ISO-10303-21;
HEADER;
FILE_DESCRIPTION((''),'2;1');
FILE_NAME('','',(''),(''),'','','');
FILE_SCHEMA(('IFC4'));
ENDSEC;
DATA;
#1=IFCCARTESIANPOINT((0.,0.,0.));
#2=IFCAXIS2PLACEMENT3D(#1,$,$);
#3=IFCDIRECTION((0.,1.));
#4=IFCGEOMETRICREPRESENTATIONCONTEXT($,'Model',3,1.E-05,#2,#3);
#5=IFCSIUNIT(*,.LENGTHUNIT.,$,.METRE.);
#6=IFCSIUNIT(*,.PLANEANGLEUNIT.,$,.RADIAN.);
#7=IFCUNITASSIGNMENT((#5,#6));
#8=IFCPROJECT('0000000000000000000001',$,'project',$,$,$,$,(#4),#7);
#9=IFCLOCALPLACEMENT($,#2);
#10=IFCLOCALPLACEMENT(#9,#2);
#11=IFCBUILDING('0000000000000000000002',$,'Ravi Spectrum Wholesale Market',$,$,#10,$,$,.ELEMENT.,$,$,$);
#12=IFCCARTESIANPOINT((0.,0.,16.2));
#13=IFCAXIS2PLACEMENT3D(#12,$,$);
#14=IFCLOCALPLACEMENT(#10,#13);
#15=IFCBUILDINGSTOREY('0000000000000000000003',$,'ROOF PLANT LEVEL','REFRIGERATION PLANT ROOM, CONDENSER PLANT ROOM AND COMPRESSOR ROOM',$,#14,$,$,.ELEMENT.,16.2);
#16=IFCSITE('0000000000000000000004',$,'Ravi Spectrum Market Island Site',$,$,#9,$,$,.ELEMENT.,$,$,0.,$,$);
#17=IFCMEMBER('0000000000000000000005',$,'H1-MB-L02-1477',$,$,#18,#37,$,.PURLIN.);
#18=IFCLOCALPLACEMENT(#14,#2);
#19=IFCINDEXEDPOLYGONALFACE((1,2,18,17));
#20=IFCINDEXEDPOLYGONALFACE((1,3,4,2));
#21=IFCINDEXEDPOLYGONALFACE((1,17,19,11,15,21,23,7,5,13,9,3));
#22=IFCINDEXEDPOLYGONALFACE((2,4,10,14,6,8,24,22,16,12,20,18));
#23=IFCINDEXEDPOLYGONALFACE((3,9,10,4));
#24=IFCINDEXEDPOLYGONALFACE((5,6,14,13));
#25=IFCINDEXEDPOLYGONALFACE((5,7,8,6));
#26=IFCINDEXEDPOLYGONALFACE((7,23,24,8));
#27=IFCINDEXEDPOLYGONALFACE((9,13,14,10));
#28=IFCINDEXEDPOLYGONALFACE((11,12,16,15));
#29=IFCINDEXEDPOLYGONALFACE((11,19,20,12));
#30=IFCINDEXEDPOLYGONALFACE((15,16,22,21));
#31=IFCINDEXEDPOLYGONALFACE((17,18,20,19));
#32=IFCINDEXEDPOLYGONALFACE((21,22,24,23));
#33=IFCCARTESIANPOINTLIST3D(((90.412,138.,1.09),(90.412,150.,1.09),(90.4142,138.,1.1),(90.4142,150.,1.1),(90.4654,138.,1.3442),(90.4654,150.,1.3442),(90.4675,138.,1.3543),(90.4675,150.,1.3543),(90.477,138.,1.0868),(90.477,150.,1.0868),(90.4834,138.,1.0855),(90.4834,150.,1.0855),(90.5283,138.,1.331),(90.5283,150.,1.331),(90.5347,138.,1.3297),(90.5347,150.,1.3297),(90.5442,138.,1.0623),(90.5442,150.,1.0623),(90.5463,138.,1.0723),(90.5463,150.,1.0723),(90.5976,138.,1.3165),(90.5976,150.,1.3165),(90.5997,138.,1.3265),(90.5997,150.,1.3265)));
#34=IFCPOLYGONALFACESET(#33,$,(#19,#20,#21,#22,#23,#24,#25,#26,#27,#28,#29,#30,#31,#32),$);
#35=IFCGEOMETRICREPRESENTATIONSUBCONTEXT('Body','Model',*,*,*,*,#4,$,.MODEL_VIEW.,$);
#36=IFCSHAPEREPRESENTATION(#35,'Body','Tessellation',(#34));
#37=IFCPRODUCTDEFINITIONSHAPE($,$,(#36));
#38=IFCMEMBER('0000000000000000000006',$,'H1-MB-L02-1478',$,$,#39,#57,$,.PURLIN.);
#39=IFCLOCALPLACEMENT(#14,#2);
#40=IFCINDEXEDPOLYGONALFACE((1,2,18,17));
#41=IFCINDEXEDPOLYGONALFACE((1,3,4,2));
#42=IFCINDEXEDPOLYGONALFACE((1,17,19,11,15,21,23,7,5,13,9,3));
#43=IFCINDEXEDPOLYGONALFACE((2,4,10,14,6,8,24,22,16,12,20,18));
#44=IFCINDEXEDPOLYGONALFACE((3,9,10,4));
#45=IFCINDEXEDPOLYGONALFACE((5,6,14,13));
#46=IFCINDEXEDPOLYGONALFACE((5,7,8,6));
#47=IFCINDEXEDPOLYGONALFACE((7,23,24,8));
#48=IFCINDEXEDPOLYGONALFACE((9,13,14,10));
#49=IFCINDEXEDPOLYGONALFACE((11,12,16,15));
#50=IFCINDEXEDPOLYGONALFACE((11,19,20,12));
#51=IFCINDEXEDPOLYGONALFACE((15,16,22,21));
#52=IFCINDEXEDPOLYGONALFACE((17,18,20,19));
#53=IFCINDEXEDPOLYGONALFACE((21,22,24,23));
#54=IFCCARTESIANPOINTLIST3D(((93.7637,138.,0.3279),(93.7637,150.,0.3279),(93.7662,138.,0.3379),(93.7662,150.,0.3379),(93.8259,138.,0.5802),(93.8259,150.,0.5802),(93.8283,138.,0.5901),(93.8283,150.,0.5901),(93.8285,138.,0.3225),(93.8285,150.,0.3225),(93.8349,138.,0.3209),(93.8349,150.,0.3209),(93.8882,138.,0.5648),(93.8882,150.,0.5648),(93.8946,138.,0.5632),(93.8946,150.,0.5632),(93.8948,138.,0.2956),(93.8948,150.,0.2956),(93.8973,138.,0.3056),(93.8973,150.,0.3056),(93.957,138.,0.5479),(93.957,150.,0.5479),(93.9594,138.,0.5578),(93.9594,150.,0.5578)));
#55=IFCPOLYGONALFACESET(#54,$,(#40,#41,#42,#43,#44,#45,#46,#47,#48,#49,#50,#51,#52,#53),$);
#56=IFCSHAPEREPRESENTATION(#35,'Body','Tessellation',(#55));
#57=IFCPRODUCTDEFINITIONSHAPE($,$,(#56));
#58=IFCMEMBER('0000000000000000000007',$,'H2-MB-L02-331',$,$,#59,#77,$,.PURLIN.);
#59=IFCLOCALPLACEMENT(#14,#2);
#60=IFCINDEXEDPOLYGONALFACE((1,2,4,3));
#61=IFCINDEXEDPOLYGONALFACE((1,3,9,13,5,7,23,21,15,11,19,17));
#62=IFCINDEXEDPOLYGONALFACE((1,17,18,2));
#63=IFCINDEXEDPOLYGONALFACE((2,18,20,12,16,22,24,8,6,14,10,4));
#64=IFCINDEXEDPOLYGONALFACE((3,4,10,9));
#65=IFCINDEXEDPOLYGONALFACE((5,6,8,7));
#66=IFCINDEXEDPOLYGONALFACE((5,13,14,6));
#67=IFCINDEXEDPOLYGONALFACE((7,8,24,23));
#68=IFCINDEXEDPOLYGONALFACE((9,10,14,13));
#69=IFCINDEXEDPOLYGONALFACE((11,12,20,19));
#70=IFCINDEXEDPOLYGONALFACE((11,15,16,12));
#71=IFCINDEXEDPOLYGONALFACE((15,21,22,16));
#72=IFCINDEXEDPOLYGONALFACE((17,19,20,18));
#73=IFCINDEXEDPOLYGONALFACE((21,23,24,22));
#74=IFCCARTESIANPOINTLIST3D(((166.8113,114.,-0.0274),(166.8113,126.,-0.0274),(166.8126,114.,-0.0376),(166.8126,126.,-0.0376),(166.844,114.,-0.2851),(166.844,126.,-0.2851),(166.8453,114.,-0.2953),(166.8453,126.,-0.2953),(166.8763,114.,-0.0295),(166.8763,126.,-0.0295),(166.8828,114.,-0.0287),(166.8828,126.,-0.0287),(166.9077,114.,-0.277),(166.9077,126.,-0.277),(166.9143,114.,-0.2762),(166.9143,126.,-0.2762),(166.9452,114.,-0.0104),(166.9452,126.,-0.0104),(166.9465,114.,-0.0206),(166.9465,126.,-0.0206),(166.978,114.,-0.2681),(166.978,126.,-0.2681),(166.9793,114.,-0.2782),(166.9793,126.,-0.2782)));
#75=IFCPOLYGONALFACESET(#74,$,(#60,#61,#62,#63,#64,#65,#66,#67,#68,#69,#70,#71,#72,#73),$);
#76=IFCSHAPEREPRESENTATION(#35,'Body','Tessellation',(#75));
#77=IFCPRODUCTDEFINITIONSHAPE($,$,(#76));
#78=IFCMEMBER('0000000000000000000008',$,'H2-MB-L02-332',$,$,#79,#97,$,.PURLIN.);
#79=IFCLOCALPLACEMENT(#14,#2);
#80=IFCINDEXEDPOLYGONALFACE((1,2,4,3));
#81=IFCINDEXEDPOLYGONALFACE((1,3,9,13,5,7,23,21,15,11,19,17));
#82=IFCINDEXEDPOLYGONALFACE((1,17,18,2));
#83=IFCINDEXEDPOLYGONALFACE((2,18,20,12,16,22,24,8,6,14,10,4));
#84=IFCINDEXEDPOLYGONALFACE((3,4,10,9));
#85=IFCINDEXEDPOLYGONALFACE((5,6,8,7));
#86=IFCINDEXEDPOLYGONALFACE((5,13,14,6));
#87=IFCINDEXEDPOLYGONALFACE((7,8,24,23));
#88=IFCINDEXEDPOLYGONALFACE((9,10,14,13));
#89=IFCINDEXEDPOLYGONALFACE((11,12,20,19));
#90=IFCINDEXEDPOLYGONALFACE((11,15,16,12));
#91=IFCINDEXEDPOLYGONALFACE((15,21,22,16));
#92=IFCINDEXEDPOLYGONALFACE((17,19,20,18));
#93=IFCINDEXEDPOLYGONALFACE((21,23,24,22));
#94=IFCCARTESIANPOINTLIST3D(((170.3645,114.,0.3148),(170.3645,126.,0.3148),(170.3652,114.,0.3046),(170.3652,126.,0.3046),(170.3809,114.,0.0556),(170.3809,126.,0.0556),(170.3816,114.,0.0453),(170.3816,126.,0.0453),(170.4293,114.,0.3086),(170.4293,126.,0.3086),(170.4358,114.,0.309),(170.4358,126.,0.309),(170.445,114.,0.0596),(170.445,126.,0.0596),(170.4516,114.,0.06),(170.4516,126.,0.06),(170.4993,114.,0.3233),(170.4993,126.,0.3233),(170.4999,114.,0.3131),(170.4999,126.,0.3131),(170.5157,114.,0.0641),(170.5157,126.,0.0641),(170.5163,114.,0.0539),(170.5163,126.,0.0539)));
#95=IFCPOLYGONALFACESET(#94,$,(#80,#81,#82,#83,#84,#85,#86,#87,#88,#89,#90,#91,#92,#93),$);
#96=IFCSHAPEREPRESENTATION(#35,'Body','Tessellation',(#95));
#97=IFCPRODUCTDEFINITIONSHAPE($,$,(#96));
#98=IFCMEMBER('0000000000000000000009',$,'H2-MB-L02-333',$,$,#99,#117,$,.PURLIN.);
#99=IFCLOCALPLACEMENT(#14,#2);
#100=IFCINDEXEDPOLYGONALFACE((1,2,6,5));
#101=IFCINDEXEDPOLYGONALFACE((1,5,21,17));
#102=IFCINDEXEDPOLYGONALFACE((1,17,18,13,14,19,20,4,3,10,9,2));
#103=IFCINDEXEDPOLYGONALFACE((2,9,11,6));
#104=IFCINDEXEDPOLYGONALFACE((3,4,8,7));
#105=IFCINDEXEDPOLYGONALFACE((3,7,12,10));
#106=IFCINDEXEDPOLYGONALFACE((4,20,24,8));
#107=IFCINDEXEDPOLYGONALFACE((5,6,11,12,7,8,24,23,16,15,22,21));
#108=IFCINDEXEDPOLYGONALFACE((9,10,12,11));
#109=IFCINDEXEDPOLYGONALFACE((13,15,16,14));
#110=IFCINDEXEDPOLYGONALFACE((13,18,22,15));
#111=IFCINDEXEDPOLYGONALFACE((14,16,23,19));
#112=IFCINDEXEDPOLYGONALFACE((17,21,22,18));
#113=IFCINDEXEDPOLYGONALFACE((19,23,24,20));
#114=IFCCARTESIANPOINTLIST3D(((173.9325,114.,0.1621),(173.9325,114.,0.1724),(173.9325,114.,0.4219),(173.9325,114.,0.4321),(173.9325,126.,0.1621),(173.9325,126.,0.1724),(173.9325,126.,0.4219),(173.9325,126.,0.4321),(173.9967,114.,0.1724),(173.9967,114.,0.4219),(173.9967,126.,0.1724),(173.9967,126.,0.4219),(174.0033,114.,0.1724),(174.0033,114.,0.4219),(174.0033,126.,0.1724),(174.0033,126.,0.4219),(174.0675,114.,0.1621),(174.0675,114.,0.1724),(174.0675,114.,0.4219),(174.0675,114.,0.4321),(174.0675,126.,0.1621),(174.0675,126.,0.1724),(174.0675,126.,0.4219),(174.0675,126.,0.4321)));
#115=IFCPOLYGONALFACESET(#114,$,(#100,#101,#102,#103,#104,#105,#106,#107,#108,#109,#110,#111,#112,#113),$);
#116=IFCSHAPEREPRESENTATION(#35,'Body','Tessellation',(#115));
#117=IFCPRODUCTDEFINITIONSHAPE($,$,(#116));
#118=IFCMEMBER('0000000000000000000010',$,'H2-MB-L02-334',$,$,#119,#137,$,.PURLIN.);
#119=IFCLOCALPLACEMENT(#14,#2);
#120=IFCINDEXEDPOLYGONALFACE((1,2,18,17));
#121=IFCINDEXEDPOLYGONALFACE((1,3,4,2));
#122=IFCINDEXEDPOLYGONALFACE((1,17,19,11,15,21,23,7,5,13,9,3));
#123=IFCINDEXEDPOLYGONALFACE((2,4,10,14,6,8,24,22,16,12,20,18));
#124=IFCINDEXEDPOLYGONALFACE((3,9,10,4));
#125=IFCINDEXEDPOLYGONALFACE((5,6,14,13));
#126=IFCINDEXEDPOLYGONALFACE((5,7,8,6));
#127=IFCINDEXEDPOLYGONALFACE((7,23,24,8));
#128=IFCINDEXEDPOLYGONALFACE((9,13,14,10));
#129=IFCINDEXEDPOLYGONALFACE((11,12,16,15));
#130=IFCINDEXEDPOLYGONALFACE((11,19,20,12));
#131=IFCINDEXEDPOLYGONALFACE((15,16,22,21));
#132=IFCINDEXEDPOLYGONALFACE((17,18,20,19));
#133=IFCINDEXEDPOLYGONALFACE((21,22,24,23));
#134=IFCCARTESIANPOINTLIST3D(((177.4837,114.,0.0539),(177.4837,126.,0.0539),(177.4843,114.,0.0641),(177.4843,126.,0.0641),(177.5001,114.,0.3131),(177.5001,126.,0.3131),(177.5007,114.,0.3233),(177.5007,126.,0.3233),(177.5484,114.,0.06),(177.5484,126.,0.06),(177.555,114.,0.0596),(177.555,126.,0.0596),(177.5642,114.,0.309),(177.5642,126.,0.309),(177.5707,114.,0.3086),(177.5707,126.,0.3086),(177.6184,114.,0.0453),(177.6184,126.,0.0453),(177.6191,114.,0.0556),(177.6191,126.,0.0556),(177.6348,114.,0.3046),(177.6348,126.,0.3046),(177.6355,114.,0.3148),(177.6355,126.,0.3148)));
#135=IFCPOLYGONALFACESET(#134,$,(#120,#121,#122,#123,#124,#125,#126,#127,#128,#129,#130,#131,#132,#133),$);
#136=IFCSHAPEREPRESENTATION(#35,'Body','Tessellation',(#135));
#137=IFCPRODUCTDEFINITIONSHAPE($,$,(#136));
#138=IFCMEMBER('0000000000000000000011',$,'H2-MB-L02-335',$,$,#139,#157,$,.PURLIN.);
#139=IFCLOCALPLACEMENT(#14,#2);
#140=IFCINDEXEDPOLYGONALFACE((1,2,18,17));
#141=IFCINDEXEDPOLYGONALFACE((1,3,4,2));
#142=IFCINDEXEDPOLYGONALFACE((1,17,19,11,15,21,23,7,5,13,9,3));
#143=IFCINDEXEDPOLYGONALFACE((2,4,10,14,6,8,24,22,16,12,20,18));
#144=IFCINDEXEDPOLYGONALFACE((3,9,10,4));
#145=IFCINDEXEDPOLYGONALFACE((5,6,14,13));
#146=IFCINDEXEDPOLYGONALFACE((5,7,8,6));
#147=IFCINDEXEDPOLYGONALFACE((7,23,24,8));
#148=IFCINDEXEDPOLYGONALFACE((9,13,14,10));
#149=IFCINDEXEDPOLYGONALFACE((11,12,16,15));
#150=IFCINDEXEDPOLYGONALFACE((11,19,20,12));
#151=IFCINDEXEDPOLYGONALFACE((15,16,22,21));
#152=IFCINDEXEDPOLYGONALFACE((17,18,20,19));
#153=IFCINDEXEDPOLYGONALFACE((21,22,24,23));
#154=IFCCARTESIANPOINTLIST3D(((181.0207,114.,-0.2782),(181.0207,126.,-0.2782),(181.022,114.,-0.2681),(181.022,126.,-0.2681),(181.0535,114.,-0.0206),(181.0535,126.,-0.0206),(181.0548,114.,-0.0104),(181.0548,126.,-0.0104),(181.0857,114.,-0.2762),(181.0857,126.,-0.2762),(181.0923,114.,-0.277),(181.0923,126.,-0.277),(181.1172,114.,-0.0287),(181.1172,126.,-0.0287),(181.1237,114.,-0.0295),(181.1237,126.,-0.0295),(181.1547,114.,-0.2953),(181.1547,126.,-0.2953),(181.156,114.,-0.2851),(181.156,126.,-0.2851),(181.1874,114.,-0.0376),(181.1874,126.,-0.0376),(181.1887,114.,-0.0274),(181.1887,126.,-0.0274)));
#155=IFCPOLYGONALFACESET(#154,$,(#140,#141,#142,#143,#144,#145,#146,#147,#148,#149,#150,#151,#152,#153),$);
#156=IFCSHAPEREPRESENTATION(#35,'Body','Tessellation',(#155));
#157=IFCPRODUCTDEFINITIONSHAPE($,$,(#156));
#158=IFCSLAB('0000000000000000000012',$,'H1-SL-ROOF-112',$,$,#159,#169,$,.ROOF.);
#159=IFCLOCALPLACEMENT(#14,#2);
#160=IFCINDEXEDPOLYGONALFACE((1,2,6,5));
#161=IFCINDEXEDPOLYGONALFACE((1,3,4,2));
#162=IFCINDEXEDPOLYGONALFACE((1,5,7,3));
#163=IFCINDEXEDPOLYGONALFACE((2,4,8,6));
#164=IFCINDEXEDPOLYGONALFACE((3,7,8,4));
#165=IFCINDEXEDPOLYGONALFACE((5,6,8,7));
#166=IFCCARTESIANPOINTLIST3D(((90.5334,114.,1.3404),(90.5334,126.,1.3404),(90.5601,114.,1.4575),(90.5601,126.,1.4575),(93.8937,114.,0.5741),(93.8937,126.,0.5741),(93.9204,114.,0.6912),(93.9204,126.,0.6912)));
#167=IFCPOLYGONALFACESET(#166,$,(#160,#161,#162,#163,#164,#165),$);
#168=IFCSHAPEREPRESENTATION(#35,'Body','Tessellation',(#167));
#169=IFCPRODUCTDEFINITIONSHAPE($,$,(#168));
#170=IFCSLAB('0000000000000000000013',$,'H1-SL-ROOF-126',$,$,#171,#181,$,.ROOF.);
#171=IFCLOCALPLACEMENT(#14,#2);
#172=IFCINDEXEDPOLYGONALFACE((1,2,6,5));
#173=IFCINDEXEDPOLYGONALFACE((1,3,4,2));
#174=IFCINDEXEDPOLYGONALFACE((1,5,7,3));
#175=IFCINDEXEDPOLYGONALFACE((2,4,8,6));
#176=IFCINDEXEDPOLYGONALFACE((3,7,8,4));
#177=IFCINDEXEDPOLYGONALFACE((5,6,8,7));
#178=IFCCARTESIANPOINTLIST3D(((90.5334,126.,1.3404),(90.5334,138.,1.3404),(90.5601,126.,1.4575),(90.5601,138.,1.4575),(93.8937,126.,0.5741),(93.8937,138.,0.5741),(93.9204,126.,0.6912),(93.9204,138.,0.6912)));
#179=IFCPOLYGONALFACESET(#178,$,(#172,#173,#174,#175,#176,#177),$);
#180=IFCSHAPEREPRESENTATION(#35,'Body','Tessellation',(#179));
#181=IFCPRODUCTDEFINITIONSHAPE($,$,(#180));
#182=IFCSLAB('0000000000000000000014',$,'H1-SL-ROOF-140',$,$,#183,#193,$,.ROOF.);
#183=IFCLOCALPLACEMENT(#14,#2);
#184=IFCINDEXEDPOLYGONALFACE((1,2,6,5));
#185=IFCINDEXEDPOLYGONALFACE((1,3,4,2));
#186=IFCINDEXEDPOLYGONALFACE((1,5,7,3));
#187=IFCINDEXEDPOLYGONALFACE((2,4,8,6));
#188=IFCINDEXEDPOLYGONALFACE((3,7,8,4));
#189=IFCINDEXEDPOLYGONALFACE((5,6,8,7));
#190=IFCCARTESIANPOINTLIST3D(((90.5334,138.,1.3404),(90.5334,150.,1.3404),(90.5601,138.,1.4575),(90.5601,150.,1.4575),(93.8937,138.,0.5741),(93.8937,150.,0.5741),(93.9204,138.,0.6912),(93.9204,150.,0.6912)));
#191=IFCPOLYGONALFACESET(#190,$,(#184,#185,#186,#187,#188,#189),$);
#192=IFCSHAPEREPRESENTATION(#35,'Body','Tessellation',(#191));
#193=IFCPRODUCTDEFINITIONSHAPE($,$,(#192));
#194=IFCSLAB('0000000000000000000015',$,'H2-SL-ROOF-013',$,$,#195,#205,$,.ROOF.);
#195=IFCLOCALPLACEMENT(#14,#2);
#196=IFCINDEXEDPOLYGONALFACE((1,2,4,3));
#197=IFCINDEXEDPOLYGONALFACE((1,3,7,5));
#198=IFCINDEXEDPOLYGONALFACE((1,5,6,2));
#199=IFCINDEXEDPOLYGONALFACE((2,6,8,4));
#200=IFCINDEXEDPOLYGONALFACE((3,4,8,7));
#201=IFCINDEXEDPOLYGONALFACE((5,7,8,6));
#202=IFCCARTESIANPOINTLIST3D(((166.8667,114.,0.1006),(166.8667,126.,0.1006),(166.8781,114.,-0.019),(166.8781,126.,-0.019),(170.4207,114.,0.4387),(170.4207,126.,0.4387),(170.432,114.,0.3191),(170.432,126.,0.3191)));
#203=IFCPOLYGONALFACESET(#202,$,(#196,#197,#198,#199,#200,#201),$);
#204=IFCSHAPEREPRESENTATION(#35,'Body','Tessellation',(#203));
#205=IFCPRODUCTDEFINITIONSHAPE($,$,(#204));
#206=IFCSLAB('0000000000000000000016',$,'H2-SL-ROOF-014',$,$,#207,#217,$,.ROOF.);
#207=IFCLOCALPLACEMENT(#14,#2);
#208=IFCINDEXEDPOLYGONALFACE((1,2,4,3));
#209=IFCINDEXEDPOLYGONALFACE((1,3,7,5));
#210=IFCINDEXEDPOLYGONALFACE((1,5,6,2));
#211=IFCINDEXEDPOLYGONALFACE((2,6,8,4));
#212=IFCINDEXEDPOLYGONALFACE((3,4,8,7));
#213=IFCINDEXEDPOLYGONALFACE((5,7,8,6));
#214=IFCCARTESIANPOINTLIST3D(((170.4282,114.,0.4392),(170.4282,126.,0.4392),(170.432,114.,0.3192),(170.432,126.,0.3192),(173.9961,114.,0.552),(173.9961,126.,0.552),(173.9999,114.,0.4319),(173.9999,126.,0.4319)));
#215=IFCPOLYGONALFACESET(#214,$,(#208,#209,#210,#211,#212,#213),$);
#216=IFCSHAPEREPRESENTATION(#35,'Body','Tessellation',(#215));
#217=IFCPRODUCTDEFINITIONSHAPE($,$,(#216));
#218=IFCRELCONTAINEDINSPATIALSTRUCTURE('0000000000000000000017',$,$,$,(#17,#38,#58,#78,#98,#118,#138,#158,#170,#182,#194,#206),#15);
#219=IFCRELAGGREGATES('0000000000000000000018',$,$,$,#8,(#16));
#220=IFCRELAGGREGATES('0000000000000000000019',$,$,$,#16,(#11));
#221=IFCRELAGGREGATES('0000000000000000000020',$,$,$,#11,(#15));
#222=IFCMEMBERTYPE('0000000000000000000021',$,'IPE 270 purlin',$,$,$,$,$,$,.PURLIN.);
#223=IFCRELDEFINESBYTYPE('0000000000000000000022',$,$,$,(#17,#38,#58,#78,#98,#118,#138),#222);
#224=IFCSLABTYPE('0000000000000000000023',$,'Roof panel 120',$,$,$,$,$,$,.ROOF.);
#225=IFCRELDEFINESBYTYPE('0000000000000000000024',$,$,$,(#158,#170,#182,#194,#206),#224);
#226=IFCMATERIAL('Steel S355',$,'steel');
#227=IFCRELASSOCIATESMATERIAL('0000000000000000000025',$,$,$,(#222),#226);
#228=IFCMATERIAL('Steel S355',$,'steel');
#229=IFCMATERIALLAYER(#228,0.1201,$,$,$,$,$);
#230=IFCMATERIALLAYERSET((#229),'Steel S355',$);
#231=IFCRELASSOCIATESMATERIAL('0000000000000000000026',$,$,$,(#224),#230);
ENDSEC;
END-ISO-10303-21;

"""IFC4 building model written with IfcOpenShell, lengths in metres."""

from ifc_helpers import new_model, si_unit, direction, frame, origin, origin_2d, place, context, subcontext, project, spatial, polyline, i_section, outline, extrude, material, layer, layer_set, material_profile, profile_set, type_object, element, save


model = new_model("IFC4")

# Units and contexts
model_context = context("Model", 3, precision=1e-05, world=origin(), true_north=direction((0.0, 1.0)))
body_context = subcontext(model_context, "Body", "Model", "MODEL_VIEW")
ifc_project = project(units=[si_unit("LENGTHUNIT", "METRE"), si_unit("PLANEANGLEUNIT", "RADIAN")], contexts=[model_context])

# Site, building, storey
site_placement = place(None, origin())
site = spatial("IfcSite", under=ifc_project, at=site_placement, Name="Ravi Spectrum Market Island Site", CompositionType="ELEMENT", RefElevation=0.0)
building_placement = place(site_placement, origin())
building = spatial("IfcBuilding", under=site, at=building_placement, Name="Ravi Spectrum Wholesale Market", CompositionType="ELEMENT")
storey_placement = place(building_placement, frame((0.0, 0.0, 16.2)))
storey = spatial("IfcBuildingStorey", under=building, at=storey_placement, Name="ROOF PLANT LEVEL", Description="REFRIGERATION PLANT ROOM, CONDENSER PLANT ROOM AND COMPRESSOR ROOM", CompositionType="ELEMENT", Elevation=16.2)

# Members
ifc_material_1 = material(Name="Steel S355", Category="steel")
ifc_material_profile_1 = material_profile(ifc_material_1, i_section(OverallWidth=0.135, OverallDepth=0.27, WebThickness=0.0066, FlangeThickness=0.0103, at=origin_2d()))
ifc_profile_set_1 = profile_set([ifc_material_profile_1], Name="Steel S355")
member_type_1 = type_object("IfcMemberType", Name="IPE 270 purlin", PredefinedType="PURLIN", material=ifc_profile_set_1)
for number, where, z_axis, x_axis, name in (
    (1, (90.5059, 138.0, 1.2083), (0.0, 1.0, 0.0), (-0.978653, 0.0, 0.205517), "H1-MB-L02-1477"),
    (2, (93.8616, 138.0, 0.4429), (0.0, 1.0, 0.0), (-0.970983, 0.0, 0.239151), "H1-MB-L02-1478"),
    (3, (166.8953, 114.0, -0.1528), (0.0, 1.0, 0.0), (-0.992014, 0.0, -0.126129), "H2-MB-L02-331"),
    (4, (170.4404, 114.0, 0.1843), (0.0, 1.0, 0.0), (-0.998001, 0.0, -0.063191), "H2-MB-L02-332"),
    (5, (174.0, 114.0, 0.2971), (0.0, 1.0, 0.0), (-1.0, 0.0, 0.0), "H2-MB-L02-333"),
    (6, (177.5596, 114.0, 0.1843), (0.0, 1.0, 0.0), (-0.998001, 0.0, 0.063191), "H2-MB-L02-334"),
    (7, (181.1047, 114.0, -0.1528), (0.0, 1.0, 0.0), (-0.992014, 0.0, 0.126129), "H2-MB-L02-335"),
):
    element("IfcMember", number, at=place(storey_placement, frame(where, z_axis=z_axis, x_axis=x_axis)), inside=storey, type_object=member_type_1, Name=name, PredefinedType="PURLIN", context=body_context, shape_type="SweptSolid", body=[
        extrude(i_section(OverallWidth=0.135, OverallDepth=0.27, WebThickness=0.0066, FlangeThickness=0.0103, at=origin_2d()), origin(), (0.0, 0.0, 1.0), 12.0),
    ])

# Slabs
ifc_material_2 = material(Name="Steel S355", Category="steel")
ifc_layer_1 = layer(ifc_material_2, 0.1201)
ifc_layer_set_1 = layer_set([ifc_layer_1], Name="Steel S355")
slab_type = type_object("IfcSlabType", Name="Roof panel 120", PredefinedType="ROOF", material=ifc_layer_set_1)
for number, where, z_axis, x_axis, name in (
    (8, (90.5601, 114.0, 1.4575), (0.22235, 0.0, 0.974967), (0.974967, 0.0, -0.22235), "H1-SL-ROOF-112"),
    (9, (90.5601, 126.0, 1.4575), (0.22235, 0.0, 0.974967), (0.974967, 0.0, -0.22235), "H1-SL-ROOF-126"),
    (10, (90.5601, 138.0, 1.4575), (0.22235, 0.0, 0.974967), (0.974967, 0.0, -0.22235), "H1-SL-ROOF-140"),
):
    element("IfcSlab", number, at=place(storey_placement, frame(where, z_axis=z_axis, x_axis=x_axis)), inside=storey, type_object=slab_type, Name=name, PredefinedType="ROOF", context=body_context, shape_type="SweptSolid", body=[
        extrude(outline(polyline([(0.0, 0.0), (3.4466, 0.0), (3.4466, 12.0), (0.0, 12.0), (0.0, 0.0)])), origin(), (0.0, 0.0, -1.0), 0.1201),
    ])
slab_1_placement = place(storey_placement, frame((166.8667, 114.0, 0.1006), z_axis=(-0.094716, 0.0, 0.995504), x_axis=(0.995504, 0.0, 0.094716)))
element("IfcSlab", 11, at=slab_1_placement, inside=storey, type_object=slab_type, Name="H2-SL-ROOF-013", PredefinedType="ROOF", context=body_context, shape_type="SweptSolid", body=[
    extrude(outline(polyline([(0.0, 0.0), (3.57, 0.0), (3.57, 12.0), (0.0, 12.0), (0.0, 0.0)])), origin(), (0.0, 0.0, -1.0), 0.1201),
])
for number, where, z_axis, x_axis, name in (
    (12, (170.4282, 114.0, 0.4392), (-0.031598, 0.0, 0.999501), (0.999501, 0.0, 0.031598), "H2-SL-ROOF-014"),
):
    element("IfcSlab", number, at=place(storey_placement, frame(where, z_axis=z_axis, x_axis=x_axis)), inside=storey, type_object=slab_type, Name=name, PredefinedType="ROOF", context=body_context, shape_type="SweptSolid", body=[
        extrude(outline(polyline([(0.0, 0.0), (3.5697, 0.0), (3.5697, 12.0), (0.0, 12.0), (0.0, 0.0)])), origin(), (0.0, 0.0, -1.0), 0.1201),
    ])

save(model, "model.ifc")
